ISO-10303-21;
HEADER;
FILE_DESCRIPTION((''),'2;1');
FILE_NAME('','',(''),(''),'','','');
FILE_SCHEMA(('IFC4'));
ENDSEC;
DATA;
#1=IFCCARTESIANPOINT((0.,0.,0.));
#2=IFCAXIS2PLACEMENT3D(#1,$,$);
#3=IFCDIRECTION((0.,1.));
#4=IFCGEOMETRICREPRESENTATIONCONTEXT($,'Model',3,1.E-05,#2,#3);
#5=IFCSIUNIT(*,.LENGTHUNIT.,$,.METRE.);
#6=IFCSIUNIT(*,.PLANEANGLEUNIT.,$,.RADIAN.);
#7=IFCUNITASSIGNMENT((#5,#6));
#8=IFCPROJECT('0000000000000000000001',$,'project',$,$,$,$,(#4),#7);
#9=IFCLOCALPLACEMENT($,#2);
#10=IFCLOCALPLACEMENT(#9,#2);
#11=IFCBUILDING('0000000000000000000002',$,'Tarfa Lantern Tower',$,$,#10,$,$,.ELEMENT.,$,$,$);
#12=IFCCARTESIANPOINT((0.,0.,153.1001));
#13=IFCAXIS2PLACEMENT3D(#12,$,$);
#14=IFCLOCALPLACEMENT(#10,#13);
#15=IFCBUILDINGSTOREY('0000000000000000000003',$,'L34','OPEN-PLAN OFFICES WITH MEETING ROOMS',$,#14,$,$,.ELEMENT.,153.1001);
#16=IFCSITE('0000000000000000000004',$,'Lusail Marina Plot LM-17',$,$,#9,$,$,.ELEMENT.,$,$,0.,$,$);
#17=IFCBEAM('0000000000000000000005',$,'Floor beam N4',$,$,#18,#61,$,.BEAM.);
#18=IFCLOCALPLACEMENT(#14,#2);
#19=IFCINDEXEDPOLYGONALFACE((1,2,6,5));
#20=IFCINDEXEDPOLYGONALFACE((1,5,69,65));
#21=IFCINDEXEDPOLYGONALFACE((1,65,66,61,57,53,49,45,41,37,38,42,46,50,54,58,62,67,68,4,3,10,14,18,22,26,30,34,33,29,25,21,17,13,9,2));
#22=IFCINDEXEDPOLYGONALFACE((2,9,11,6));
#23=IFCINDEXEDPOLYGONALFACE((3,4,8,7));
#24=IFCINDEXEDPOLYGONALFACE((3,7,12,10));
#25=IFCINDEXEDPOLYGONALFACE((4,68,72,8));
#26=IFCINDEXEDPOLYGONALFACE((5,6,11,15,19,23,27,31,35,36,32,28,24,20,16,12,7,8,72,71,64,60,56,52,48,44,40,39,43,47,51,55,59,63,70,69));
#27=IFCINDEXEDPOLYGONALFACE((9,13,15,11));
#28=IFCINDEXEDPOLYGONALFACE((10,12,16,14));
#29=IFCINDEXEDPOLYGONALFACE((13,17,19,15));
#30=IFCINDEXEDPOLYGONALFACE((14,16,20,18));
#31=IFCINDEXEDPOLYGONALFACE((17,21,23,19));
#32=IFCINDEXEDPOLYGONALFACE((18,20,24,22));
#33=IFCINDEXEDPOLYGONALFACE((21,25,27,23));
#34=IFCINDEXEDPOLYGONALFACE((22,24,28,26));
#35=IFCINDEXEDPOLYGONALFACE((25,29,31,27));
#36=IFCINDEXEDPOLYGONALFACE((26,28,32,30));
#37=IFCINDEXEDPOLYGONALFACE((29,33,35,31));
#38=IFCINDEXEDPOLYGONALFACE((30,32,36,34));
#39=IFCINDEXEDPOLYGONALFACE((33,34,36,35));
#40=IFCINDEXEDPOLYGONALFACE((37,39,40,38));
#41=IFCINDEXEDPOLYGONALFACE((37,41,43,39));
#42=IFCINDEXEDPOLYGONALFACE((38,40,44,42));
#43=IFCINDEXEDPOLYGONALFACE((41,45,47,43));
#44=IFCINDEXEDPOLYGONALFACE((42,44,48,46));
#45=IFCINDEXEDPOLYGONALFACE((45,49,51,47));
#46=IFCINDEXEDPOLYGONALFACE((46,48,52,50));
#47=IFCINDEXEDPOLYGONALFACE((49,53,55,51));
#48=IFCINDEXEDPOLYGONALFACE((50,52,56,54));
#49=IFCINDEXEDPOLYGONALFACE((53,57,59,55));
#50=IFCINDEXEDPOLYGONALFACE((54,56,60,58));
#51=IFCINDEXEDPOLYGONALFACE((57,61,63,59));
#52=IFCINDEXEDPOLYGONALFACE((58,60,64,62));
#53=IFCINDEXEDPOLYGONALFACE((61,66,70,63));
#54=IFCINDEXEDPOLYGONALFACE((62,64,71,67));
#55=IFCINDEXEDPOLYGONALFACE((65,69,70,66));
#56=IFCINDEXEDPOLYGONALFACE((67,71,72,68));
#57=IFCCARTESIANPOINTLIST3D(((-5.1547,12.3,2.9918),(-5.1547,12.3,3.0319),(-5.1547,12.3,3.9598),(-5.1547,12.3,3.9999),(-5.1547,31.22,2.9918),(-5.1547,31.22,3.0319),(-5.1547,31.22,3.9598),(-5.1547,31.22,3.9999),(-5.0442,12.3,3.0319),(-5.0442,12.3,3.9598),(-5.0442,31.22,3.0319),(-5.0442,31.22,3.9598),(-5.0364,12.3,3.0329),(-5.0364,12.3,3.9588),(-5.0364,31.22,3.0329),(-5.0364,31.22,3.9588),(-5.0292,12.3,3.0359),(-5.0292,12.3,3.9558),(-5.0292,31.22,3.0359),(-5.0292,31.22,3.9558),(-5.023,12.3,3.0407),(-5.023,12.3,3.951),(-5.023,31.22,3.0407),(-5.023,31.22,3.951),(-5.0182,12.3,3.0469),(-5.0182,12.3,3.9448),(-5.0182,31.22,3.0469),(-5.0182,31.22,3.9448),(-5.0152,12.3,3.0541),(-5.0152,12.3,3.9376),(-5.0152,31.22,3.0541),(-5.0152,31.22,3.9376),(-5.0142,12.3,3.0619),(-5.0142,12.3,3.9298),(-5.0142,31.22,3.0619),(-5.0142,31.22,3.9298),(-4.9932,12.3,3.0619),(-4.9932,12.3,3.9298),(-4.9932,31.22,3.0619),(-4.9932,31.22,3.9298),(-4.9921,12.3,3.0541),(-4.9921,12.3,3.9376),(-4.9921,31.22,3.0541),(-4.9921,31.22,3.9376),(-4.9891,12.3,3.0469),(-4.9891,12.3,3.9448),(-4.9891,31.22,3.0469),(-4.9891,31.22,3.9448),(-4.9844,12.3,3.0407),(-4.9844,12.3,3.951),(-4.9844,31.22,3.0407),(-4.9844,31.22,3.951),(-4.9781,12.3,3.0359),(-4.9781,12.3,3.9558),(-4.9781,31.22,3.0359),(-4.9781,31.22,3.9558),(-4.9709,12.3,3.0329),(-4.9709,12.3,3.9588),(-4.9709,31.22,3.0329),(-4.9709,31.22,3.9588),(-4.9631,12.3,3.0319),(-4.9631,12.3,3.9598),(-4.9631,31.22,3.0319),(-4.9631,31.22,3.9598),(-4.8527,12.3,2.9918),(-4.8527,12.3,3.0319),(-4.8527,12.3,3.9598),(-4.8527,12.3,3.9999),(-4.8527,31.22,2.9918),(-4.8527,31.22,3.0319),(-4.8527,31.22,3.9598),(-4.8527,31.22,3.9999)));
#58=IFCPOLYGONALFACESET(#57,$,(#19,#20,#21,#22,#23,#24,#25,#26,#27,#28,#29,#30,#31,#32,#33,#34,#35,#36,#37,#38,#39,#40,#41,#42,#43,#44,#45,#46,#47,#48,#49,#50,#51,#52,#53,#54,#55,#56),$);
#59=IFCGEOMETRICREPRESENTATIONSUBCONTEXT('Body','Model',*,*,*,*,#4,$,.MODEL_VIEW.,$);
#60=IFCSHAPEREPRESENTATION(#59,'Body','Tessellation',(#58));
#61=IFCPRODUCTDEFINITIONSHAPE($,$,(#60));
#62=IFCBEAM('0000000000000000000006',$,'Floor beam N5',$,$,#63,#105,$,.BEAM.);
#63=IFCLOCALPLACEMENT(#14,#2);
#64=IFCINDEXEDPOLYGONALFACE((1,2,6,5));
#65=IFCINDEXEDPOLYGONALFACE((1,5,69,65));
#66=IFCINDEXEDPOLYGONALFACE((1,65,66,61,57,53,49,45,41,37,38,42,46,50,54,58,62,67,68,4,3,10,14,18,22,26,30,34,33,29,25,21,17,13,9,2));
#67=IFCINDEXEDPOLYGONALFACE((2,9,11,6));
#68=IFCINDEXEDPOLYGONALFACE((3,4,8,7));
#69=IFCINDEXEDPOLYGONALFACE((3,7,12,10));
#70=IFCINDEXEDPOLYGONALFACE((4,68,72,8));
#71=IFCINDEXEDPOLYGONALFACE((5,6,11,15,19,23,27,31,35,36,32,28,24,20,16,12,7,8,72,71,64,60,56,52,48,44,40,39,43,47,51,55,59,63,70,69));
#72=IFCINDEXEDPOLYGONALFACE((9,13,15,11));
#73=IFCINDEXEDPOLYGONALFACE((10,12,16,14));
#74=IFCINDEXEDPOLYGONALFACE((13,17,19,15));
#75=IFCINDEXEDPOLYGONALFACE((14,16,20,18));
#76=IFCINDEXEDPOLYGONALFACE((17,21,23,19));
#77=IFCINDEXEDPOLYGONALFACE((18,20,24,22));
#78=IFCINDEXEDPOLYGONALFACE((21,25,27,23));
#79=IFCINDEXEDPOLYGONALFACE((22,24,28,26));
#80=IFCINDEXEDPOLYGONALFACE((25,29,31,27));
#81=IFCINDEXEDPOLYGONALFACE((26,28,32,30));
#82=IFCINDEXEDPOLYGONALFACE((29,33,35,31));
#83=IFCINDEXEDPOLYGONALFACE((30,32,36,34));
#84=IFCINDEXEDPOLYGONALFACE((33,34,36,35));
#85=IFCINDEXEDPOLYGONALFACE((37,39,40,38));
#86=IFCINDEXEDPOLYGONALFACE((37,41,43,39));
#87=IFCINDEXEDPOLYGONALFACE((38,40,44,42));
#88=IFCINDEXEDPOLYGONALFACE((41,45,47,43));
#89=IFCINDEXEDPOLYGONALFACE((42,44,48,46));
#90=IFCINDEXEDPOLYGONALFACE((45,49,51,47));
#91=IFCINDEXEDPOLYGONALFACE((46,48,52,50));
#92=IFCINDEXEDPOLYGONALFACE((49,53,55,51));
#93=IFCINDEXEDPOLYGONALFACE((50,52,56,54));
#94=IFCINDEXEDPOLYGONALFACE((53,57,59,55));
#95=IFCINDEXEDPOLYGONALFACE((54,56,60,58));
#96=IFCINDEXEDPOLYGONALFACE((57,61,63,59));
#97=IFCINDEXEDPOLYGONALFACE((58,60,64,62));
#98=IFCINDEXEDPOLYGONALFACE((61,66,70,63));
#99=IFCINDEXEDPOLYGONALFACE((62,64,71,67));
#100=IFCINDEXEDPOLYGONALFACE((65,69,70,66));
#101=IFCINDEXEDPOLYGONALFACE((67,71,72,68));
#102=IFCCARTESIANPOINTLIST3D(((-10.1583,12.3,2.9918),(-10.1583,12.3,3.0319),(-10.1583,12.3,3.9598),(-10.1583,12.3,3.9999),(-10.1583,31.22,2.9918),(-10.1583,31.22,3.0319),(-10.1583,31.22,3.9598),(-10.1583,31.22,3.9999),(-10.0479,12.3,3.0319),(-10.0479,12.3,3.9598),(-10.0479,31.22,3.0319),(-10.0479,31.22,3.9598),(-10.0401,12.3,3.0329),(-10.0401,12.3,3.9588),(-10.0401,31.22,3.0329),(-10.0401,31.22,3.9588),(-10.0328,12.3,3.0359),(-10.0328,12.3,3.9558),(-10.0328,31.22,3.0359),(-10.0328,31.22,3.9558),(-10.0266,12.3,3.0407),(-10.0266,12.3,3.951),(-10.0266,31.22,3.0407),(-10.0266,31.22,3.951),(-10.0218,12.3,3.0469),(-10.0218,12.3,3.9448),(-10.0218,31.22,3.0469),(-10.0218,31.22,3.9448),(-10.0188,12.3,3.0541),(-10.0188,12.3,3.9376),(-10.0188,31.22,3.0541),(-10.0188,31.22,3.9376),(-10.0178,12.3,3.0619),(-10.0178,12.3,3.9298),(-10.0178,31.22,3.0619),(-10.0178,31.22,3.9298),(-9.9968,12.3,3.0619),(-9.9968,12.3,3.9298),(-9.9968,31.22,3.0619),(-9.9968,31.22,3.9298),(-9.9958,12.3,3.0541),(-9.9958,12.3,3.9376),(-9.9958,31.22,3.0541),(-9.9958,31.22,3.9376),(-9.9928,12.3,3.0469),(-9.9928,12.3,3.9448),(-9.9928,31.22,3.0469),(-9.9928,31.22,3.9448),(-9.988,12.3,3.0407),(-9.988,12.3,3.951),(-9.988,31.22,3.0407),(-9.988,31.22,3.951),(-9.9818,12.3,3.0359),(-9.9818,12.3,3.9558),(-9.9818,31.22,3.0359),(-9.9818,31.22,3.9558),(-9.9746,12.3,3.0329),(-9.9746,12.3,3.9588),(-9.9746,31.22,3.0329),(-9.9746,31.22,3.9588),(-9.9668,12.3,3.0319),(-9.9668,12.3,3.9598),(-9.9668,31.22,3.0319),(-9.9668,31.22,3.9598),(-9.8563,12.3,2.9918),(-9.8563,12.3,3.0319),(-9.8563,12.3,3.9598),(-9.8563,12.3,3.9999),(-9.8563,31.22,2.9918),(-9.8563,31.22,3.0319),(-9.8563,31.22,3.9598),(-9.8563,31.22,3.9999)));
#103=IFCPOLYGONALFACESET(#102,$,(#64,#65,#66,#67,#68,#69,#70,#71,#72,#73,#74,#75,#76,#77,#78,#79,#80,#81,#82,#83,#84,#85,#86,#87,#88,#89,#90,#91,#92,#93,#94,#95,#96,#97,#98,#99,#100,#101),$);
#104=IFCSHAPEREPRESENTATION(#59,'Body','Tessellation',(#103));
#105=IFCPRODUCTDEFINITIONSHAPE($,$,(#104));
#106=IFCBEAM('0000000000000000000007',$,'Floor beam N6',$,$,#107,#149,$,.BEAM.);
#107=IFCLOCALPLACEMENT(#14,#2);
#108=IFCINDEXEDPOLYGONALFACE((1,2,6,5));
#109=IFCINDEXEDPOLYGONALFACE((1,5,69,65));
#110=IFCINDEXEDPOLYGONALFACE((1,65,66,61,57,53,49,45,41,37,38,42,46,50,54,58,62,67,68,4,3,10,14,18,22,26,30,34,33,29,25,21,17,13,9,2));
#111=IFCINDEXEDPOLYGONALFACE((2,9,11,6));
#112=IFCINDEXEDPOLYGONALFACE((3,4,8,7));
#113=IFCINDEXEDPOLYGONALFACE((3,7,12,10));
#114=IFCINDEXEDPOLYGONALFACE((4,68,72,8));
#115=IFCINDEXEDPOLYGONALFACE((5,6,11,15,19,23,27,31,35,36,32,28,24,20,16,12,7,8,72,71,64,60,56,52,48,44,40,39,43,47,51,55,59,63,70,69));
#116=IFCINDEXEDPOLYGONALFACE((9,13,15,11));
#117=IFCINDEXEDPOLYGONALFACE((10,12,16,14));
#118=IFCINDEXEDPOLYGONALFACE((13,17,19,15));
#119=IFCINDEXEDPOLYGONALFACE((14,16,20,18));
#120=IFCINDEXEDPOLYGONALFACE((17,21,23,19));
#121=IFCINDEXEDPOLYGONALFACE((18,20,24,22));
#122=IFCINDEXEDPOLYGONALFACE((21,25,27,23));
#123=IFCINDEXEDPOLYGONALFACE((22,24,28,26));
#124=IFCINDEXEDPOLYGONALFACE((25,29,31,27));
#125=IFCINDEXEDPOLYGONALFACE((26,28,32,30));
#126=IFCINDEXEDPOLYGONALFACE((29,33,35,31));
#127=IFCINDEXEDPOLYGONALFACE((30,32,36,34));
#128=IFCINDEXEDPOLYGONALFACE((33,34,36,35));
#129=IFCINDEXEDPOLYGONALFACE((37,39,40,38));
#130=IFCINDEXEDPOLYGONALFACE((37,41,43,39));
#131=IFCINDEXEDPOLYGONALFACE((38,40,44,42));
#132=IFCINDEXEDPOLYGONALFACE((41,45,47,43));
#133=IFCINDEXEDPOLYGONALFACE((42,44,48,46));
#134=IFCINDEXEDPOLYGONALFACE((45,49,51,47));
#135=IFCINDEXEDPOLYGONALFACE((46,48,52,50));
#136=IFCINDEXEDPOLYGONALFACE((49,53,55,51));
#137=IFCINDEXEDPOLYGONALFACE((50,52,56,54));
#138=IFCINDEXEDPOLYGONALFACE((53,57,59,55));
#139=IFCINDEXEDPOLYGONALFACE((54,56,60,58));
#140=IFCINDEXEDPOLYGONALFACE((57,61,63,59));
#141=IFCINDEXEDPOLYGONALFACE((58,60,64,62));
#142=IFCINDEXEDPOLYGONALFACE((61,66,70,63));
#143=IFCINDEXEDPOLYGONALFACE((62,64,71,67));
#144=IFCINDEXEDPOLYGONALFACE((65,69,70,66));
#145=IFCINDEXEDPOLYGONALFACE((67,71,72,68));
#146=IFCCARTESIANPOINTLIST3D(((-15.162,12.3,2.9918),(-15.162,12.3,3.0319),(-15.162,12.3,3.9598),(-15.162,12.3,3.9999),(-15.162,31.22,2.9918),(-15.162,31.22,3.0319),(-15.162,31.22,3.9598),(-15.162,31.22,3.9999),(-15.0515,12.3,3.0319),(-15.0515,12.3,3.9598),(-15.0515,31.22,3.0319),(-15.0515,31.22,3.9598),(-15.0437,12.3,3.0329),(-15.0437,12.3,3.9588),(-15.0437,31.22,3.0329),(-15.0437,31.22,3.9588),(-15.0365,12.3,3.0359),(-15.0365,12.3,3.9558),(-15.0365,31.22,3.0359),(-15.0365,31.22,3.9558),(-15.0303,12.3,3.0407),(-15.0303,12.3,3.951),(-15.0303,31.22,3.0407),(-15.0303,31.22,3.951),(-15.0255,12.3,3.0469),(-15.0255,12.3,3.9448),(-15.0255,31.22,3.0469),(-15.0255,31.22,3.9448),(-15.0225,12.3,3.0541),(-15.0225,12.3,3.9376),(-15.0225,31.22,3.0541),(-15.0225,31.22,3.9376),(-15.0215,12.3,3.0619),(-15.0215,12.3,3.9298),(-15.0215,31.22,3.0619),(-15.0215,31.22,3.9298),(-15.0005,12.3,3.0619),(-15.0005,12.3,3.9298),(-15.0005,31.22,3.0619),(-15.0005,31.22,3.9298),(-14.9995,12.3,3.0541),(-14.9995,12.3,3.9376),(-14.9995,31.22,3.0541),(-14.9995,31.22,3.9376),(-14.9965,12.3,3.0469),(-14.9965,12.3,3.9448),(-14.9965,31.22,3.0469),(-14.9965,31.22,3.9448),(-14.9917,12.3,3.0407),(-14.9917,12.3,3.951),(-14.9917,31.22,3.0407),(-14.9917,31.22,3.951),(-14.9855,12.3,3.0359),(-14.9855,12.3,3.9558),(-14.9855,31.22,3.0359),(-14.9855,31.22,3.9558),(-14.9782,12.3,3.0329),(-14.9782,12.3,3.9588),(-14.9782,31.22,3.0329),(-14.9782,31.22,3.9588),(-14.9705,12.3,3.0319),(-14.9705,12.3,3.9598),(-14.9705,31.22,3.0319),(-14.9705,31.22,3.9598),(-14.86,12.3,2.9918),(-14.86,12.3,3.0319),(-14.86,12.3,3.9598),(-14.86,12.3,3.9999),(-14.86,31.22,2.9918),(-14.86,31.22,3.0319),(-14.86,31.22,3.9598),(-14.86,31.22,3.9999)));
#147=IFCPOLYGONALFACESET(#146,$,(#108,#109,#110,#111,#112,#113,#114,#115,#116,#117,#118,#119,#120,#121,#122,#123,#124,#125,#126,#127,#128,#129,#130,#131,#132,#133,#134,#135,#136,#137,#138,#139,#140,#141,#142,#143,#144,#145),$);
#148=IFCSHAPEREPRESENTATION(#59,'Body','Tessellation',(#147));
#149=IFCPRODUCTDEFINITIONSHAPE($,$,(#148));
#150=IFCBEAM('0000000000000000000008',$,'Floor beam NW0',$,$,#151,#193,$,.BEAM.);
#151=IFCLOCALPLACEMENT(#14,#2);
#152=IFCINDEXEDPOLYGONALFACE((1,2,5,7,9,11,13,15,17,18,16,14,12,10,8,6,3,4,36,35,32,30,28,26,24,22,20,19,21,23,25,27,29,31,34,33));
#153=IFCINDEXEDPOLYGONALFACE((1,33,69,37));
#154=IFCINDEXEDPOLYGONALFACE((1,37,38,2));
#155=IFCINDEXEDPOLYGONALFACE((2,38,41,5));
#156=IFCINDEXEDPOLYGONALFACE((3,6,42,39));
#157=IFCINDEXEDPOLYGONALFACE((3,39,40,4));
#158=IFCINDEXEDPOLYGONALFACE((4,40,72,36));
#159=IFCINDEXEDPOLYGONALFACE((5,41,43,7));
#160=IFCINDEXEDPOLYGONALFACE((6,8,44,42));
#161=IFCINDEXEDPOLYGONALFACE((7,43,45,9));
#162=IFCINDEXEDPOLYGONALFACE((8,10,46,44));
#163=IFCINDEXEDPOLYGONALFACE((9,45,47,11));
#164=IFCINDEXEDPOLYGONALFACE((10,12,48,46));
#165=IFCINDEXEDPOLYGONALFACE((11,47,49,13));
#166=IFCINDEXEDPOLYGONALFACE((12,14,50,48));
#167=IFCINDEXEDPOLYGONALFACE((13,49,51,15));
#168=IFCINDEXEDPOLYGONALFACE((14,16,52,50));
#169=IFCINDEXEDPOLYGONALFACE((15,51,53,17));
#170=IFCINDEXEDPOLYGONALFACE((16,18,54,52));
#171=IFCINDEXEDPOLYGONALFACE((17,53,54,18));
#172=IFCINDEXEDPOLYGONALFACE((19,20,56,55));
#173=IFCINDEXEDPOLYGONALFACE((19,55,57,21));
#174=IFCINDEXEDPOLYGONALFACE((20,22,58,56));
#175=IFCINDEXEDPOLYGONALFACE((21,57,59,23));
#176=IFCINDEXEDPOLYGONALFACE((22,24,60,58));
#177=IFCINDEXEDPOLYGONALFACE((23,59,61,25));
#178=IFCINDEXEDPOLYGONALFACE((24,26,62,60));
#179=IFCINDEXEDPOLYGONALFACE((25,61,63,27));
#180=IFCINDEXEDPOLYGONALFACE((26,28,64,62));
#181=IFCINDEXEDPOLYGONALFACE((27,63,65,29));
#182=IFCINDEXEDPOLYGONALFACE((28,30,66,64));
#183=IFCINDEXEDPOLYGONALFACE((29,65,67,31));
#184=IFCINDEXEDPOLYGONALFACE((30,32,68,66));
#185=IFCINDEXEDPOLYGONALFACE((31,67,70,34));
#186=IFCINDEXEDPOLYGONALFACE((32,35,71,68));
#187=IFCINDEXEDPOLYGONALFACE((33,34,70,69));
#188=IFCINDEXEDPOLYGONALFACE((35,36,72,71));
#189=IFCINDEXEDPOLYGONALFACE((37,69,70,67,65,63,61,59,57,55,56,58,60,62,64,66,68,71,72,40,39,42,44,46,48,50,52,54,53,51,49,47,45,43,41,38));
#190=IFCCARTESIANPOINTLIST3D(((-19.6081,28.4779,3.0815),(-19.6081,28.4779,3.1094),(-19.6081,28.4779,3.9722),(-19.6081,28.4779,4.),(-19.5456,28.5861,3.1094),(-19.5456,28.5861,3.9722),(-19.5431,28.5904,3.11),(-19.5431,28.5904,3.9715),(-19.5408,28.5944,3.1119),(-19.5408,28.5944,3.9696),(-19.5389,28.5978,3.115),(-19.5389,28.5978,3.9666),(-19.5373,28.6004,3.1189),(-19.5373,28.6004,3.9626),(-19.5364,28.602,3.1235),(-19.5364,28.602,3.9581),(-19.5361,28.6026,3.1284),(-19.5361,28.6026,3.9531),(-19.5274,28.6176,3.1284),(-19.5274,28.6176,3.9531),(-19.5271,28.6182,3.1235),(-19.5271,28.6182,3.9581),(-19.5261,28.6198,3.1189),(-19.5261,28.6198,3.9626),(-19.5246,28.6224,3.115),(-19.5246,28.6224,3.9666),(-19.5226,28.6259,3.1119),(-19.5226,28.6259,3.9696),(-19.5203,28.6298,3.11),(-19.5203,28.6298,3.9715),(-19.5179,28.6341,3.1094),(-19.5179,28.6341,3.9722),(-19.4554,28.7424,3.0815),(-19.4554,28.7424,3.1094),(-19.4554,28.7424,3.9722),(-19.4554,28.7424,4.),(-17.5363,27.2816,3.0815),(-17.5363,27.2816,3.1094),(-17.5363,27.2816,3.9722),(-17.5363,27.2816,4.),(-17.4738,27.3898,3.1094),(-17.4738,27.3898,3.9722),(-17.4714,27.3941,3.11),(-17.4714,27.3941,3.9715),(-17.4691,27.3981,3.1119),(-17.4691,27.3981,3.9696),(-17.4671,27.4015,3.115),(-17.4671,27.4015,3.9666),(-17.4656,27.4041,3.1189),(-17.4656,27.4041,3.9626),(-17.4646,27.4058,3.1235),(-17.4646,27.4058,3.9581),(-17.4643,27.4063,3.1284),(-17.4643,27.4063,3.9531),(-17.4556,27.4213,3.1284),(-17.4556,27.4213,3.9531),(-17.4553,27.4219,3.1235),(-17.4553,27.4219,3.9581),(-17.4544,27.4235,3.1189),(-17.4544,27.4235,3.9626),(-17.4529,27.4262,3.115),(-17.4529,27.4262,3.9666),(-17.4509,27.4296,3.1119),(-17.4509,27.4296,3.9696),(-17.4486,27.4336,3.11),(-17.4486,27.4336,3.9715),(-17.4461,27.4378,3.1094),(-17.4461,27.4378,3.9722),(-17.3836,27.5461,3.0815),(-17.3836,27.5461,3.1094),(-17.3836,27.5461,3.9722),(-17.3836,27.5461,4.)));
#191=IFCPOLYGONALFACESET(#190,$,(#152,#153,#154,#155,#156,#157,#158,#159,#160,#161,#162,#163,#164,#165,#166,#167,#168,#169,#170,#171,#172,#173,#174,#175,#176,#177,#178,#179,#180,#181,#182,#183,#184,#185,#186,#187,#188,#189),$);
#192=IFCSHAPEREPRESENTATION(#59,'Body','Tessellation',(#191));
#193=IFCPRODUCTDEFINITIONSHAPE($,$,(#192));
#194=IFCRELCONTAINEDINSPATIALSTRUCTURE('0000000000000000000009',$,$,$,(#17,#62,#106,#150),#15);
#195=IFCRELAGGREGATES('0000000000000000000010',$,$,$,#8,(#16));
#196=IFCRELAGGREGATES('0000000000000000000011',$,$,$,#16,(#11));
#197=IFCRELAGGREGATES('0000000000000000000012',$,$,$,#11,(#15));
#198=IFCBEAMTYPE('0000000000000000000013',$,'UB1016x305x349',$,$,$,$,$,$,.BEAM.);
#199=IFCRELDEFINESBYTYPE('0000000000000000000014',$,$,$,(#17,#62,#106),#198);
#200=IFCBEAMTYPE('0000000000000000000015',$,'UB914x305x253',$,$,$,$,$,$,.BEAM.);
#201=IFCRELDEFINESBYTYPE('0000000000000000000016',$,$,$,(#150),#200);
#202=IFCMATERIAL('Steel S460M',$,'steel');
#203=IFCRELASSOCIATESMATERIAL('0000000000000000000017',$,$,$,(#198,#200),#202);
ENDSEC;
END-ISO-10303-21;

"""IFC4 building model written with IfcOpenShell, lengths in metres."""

from ifc_helpers import new_model, si_unit, direction, frame, origin, origin_2d, place, context, subcontext, project, spatial, i_section, extrude, material, material_profile, profile_set, type_object, element, save


model = new_model("IFC4")

# Units and contexts
model_context = context("Model", 3, precision=1e-05, world=origin(), true_north=direction((0.0, 1.0)))
body_context = subcontext(model_context, "Body", "Model", "MODEL_VIEW")
ifc_project = project(units=[si_unit("LENGTHUNIT", "METRE"), si_unit("PLANEANGLEUNIT", "RADIAN")], contexts=[model_context])

# Site, building, storey
site_placement = place(None, origin())
site = spatial("IfcSite", under=ifc_project, at=site_placement, Name="Lusail Marina Plot LM-17", CompositionType="ELEMENT", RefElevation=0.0)
building_placement = place(site_placement, origin())
building = spatial("IfcBuilding", under=site, at=building_placement, Name="Tarfa Lantern Tower", CompositionType="ELEMENT")
storey_placement = place(building_placement, frame((0.0, 0.0, 153.1001)))
storey = spatial("IfcBuildingStorey", under=building, at=storey_placement, Name="L34", Description="OPEN-PLAN OFFICES WITH MEETING ROOMS", CompositionType="ELEMENT", Elevation=153.1001)

# Beams
ifc_material_1 = material(Name="Steel S460M", Category="steel")
ifc_material_profile_1 = material_profile(ifc_material_1, i_section(OverallWidth=0.302, OverallDepth=1.0081, WebThickness=0.021, FlangeThickness=0.04, FilletRadius=0.03, at=origin_2d()), Name="UB1016x305x349")
ifc_profile_set_1 = profile_set([ifc_material_profile_1], Name="Steel S460M")
beam_type_1 = type_object("IfcBeamType", Name="UB1016x305x349", PredefinedType="BEAM", material=ifc_profile_set_1)
for number, where, z_axis, x_axis, name in (
    (1, (-5.0037, 31.22, 3.4958), (0.0, -1.0, 0.0), (1.0, 0.0, 0.0), "Floor beam N4"),
    (2, (-10.0073, 31.22, 3.4958), (0.0, -1.0, 0.0), (1.0, 0.0, 0.0), "Floor beam N5"),
    (3, (-15.011, 31.22, 3.4958), (0.0, -1.0, 0.0), (1.0, 0.0, 0.0), "Floor beam N6"),
):
    element("IfcBeam", number, at=place(storey_placement, frame(where, z_axis=z_axis, x_axis=x_axis)), inside=storey, type_object=beam_type_1, Name=name, PredefinedType="BEAM", context=body_context, shape_type="SweptSolid", body=[
        extrude(i_section(OverallWidth=0.302, OverallDepth=1.0081, WebThickness=0.021, FlangeThickness=0.04, FilletRadius=0.03, at=origin_2d()), origin(), (0.0, 0.0, 1.0), 18.9199),
    ])
ifc_material_profile_2 = material_profile(ifc_material_1, i_section(OverallWidth=0.3054, OverallDepth=0.9185, WebThickness=0.0173, FlangeThickness=0.0278, FilletRadius=0.019, at=origin_2d()), Name="UB914x305x253")
ifc_profile_set_2 = profile_set([ifc_material_profile_2], Name="Steel S460M")
beam_type_2 = type_object("IfcBeamType", Name="UB914x305x253", PredefinedType="BEAM", material=ifc_profile_set_2)
beam_1_placement = place(storey_placement, frame((-19.5317, 28.6101, 3.5408), z_axis=(0.865999, -0.500046, 0.0), x_axis=(0.500046, 0.865999, 0.0)))
element("IfcBeam", 4, at=beam_1_placement, inside=storey, type_object=beam_type_2, Name="Floor beam NW0", PredefinedType="BEAM", context=body_context, shape_type="SweptSolid", body=[
    extrude(i_section(OverallWidth=0.3054, OverallDepth=0.9185, WebThickness=0.0173, FlangeThickness=0.0278, FilletRadius=0.019, at=origin_2d()), origin(), (0.0, 0.0, 1.0), 2.3923),
])

save(model, "model.ifc")
